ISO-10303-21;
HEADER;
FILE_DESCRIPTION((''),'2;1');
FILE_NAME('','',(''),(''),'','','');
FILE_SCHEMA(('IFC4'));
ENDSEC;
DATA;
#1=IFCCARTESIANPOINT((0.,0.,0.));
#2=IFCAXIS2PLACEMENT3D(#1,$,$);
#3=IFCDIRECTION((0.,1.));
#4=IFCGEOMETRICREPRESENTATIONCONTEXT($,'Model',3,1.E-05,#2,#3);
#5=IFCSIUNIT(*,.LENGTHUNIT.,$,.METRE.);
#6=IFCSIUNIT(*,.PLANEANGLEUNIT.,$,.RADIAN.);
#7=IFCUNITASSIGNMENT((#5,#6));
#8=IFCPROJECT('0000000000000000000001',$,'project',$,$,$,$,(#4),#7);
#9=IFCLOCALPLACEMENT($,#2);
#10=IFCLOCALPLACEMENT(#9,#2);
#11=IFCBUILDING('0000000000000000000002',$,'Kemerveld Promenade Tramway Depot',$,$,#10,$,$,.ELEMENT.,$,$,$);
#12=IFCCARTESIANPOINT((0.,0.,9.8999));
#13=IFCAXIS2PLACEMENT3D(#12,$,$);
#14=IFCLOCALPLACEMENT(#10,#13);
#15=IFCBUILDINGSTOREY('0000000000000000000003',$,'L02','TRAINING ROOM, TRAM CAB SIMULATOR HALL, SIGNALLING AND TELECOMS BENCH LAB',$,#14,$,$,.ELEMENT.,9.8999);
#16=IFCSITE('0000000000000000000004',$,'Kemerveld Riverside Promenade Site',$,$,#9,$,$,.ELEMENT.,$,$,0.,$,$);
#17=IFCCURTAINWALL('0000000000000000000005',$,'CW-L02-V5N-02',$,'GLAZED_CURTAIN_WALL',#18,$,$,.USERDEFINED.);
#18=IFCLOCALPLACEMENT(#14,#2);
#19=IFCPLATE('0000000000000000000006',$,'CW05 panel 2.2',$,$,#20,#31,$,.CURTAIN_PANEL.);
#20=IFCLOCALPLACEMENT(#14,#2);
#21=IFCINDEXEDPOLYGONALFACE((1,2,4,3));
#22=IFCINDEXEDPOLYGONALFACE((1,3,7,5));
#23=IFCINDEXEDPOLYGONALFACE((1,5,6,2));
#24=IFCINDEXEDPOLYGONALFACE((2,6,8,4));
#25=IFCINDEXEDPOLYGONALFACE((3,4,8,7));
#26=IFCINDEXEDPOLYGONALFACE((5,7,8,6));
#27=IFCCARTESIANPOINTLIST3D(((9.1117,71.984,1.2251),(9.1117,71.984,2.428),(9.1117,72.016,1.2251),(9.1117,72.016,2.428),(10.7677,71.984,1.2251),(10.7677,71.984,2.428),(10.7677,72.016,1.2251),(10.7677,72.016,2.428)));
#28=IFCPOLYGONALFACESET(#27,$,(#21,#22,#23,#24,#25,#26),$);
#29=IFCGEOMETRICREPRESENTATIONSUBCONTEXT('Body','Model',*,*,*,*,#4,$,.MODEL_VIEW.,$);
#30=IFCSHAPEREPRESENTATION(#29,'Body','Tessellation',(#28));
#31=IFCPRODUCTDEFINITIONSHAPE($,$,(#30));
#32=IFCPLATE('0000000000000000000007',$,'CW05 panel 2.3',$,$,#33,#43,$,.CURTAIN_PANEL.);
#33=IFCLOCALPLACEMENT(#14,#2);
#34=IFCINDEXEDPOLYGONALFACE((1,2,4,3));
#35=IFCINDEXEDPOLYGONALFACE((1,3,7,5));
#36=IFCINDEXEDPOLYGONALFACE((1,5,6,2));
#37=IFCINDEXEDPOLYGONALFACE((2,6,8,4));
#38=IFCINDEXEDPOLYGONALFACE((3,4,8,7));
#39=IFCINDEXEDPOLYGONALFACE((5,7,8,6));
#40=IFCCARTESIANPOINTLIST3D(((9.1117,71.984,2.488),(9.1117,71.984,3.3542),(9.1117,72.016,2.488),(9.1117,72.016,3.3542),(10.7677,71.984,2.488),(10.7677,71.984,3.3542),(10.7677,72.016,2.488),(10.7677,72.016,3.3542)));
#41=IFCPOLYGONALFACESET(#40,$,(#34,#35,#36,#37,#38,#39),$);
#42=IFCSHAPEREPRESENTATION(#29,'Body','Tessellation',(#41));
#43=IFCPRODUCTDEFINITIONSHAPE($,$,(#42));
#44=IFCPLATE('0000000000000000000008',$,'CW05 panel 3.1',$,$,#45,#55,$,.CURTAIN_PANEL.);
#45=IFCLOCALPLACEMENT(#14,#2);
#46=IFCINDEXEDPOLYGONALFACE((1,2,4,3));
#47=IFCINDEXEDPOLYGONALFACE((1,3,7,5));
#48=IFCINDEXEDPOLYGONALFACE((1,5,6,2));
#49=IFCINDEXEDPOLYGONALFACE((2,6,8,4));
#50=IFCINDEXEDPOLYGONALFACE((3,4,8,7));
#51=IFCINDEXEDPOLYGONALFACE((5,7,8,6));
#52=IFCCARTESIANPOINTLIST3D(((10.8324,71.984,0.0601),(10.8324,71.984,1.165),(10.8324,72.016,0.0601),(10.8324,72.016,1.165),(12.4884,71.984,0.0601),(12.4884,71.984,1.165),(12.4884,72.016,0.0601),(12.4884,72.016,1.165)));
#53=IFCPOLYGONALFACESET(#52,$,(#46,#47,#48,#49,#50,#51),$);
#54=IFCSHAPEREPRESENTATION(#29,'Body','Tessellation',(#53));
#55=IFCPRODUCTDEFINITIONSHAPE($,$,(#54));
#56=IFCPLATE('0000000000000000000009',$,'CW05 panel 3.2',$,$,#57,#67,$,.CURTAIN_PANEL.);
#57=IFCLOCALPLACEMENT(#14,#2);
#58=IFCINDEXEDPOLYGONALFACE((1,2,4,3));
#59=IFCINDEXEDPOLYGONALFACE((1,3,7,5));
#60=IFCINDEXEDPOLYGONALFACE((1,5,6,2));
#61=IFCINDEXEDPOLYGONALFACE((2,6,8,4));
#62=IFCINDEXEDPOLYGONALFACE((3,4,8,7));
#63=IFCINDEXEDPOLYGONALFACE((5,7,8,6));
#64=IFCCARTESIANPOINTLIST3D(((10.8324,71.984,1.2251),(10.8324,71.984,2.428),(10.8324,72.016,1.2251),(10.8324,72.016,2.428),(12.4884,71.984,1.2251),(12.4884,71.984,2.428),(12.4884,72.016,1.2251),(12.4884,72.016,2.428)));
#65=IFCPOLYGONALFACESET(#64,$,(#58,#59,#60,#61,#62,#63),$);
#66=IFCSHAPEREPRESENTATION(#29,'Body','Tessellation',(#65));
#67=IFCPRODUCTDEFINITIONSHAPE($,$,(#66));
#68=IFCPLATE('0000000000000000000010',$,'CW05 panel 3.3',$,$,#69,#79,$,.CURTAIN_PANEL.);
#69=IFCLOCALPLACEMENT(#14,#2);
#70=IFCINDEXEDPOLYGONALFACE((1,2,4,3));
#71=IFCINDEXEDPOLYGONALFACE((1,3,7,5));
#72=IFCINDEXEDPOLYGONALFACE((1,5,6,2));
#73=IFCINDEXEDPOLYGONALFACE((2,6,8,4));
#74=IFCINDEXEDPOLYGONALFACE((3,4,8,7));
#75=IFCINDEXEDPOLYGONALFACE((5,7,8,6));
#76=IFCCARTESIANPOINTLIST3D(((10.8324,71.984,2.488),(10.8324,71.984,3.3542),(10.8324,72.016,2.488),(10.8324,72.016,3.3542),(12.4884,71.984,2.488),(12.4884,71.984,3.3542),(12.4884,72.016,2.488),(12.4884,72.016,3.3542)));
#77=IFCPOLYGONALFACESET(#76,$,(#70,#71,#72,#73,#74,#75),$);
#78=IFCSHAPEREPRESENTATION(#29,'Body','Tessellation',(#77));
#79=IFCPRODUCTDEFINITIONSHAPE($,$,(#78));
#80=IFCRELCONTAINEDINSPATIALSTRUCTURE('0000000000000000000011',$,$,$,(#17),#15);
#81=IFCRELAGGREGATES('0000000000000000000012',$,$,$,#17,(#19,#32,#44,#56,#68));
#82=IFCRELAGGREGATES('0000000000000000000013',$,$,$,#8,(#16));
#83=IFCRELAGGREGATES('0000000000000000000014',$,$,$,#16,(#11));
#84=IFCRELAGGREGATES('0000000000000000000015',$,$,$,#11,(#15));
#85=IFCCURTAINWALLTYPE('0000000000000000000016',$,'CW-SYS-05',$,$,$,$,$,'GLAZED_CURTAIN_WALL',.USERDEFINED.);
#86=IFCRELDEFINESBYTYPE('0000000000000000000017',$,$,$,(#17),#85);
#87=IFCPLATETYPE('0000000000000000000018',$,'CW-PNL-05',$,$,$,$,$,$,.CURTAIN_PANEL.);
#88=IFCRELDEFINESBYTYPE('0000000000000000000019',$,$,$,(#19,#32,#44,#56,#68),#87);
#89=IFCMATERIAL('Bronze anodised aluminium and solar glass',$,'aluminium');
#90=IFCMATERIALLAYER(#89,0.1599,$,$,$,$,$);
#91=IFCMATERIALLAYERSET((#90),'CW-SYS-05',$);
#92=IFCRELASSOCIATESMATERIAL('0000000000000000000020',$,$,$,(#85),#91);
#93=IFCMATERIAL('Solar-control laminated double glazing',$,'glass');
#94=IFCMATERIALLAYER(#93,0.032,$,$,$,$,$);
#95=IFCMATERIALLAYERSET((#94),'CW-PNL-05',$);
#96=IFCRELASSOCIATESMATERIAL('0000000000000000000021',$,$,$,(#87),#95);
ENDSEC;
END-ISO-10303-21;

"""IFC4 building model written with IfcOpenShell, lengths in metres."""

from ifc_helpers import new_model, si_unit, direction, frame, origin, origin_2d, place, context, subcontext, project, spatial, rectangle, extrude, material, layer, layer_set, type_object, element, aggregate, save


model = new_model("IFC4")

# Units and contexts
model_context = context("Model", 3, precision=1e-05, world=origin(), true_north=direction((0.0, 1.0)))
body_context = subcontext(model_context, "Body", "Model", "MODEL_VIEW")
ifc_project = project(units=[si_unit("LENGTHUNIT", "METRE"), si_unit("PLANEANGLEUNIT", "RADIAN")], contexts=[model_context])

# Site, building, storey
site_placement = place(None, origin())
site = spatial("IfcSite", under=ifc_project, at=site_placement, Name="Kemerveld Riverside Promenade Site", CompositionType="ELEMENT", RefElevation=0.0)
building_placement = place(site_placement, origin())
building = spatial("IfcBuilding", under=site, at=building_placement, Name="Kemerveld Promenade Tramway Depot", CompositionType="ELEMENT")
storey_placement = place(building_placement, frame((0.0, 0.0, 9.8999)))
storey = spatial("IfcBuildingStorey", under=building, at=storey_placement, Name="L02", Description="TRAINING ROOM, TRAM CAB SIMULATOR HALL, SIGNALLING AND TELECOMS BENCH LAB", CompositionType="ELEMENT", Elevation=9.8999)

# Curtain wall, plates
ifc_material_1 = material(Name="Bronze anodised aluminium and solar glass", Category="aluminium")
ifc_layer_1 = layer(ifc_material_1, 0.1599)
ifc_layer_set_1 = layer_set([ifc_layer_1], Name="CW-SYS-05")
curtain_wall_type = type_object("IfcCurtainWallType", Name="CW-SYS-05", ElementType="GLAZED_CURTAIN_WALL", PredefinedType="USERDEFINED", material=ifc_layer_set_1)
curtain_wall_placement = place(storey_placement, origin())
curtain_wall = element("IfcCurtainWall", 1, at=curtain_wall_placement, inside=storey, type_object=curtain_wall_type, Name="CW-L02-V5N-02", ObjectType="GLAZED_CURTAIN_WALL", PredefinedType="USERDEFINED")
ifc_material_2 = material(Name="Solar-control laminated double glazing", Category="glass")
ifc_layer_2 = layer(ifc_material_2, 0.032)
ifc_layer_set_2 = layer_set([ifc_layer_2], Name="CW-PNL-05")
plate_type = type_object("IfcPlateType", Name="CW-PNL-05", PredefinedType="CURTAIN_PANEL", material=ifc_layer_set_2)
plate_1_placement = place(storey_placement, frame((9.9397, 72.0, 1.2251), z_axis=(0.0, 0.0, 1.0), x_axis=(1.0, 0.0, 0.0)))
plate_1 = element("IfcPlate", 2, at=plate_1_placement, type_object=plate_type, Name="CW05 panel 2.2", PredefinedType="CURTAIN_PANEL", context=body_context, shape_type="SweptSolid", body=[
    extrude(rectangle(XDim=1.656, YDim=0.032, at=origin_2d()), origin(), (0.0, 0.0, 1.0), 1.2029),
])
plate_2_placement = place(storey_placement, frame((9.9397, 72.0, 2.488), z_axis=(0.0, 0.0, 1.0), x_axis=(1.0, 0.0, 0.0)))
plate_2 = element("IfcPlate", 3, at=plate_2_placement, type_object=plate_type, Name="CW05 panel 2.3", PredefinedType="CURTAIN_PANEL", context=body_context, shape_type="SweptSolid", body=[
    extrude(rectangle(XDim=1.656, YDim=0.032, at=origin_2d()), origin(), (0.0, 0.0, 1.0), 0.8662),
])
plate_3_placement = place(storey_placement, frame((11.6604, 72.0, 0.0601), z_axis=(0.0, 0.0, 1.0), x_axis=(1.0, 0.0, 0.0)))
plate_3 = element("IfcPlate", 4, at=plate_3_placement, type_object=plate_type, Name="CW05 panel 3.1", PredefinedType="CURTAIN_PANEL", context=body_context, shape_type="SweptSolid", body=[
    extrude(rectangle(XDim=1.656, YDim=0.032, at=origin_2d()), origin(), (0.0, 0.0, 1.0), 1.105),
])
plate_4_placement = place(storey_placement, frame((11.6604, 72.0, 1.2251), z_axis=(0.0, 0.0, 1.0), x_axis=(1.0, 0.0, 0.0)))
plate_4 = element("IfcPlate", 5, at=plate_4_placement, type_object=plate_type, Name="CW05 panel 3.2", PredefinedType="CURTAIN_PANEL", context=body_context, shape_type="SweptSolid", body=[
    extrude(rectangle(XDim=1.656, YDim=0.032, at=origin_2d()), origin(), (0.0, 0.0, 1.0), 1.2029),
])
plate_5_placement = place(storey_placement, frame((11.6604, 72.0, 2.488), z_axis=(0.0, 0.0, 1.0), x_axis=(1.0, 0.0, 0.0)))
plate_5 = element("IfcPlate", 6, at=plate_5_placement, type_object=plate_type, Name="CW05 panel 3.3", PredefinedType="CURTAIN_PANEL", context=body_context, shape_type="SweptSolid", body=[
    extrude(rectangle(XDim=1.656, YDim=0.032, at=origin_2d()), origin(), (0.0, 0.0, 1.0), 0.8662),
])
aggregate(curtain_wall, [plate_1, plate_2, plate_3, plate_4, plate_5])

save(model, "model.ifc")
